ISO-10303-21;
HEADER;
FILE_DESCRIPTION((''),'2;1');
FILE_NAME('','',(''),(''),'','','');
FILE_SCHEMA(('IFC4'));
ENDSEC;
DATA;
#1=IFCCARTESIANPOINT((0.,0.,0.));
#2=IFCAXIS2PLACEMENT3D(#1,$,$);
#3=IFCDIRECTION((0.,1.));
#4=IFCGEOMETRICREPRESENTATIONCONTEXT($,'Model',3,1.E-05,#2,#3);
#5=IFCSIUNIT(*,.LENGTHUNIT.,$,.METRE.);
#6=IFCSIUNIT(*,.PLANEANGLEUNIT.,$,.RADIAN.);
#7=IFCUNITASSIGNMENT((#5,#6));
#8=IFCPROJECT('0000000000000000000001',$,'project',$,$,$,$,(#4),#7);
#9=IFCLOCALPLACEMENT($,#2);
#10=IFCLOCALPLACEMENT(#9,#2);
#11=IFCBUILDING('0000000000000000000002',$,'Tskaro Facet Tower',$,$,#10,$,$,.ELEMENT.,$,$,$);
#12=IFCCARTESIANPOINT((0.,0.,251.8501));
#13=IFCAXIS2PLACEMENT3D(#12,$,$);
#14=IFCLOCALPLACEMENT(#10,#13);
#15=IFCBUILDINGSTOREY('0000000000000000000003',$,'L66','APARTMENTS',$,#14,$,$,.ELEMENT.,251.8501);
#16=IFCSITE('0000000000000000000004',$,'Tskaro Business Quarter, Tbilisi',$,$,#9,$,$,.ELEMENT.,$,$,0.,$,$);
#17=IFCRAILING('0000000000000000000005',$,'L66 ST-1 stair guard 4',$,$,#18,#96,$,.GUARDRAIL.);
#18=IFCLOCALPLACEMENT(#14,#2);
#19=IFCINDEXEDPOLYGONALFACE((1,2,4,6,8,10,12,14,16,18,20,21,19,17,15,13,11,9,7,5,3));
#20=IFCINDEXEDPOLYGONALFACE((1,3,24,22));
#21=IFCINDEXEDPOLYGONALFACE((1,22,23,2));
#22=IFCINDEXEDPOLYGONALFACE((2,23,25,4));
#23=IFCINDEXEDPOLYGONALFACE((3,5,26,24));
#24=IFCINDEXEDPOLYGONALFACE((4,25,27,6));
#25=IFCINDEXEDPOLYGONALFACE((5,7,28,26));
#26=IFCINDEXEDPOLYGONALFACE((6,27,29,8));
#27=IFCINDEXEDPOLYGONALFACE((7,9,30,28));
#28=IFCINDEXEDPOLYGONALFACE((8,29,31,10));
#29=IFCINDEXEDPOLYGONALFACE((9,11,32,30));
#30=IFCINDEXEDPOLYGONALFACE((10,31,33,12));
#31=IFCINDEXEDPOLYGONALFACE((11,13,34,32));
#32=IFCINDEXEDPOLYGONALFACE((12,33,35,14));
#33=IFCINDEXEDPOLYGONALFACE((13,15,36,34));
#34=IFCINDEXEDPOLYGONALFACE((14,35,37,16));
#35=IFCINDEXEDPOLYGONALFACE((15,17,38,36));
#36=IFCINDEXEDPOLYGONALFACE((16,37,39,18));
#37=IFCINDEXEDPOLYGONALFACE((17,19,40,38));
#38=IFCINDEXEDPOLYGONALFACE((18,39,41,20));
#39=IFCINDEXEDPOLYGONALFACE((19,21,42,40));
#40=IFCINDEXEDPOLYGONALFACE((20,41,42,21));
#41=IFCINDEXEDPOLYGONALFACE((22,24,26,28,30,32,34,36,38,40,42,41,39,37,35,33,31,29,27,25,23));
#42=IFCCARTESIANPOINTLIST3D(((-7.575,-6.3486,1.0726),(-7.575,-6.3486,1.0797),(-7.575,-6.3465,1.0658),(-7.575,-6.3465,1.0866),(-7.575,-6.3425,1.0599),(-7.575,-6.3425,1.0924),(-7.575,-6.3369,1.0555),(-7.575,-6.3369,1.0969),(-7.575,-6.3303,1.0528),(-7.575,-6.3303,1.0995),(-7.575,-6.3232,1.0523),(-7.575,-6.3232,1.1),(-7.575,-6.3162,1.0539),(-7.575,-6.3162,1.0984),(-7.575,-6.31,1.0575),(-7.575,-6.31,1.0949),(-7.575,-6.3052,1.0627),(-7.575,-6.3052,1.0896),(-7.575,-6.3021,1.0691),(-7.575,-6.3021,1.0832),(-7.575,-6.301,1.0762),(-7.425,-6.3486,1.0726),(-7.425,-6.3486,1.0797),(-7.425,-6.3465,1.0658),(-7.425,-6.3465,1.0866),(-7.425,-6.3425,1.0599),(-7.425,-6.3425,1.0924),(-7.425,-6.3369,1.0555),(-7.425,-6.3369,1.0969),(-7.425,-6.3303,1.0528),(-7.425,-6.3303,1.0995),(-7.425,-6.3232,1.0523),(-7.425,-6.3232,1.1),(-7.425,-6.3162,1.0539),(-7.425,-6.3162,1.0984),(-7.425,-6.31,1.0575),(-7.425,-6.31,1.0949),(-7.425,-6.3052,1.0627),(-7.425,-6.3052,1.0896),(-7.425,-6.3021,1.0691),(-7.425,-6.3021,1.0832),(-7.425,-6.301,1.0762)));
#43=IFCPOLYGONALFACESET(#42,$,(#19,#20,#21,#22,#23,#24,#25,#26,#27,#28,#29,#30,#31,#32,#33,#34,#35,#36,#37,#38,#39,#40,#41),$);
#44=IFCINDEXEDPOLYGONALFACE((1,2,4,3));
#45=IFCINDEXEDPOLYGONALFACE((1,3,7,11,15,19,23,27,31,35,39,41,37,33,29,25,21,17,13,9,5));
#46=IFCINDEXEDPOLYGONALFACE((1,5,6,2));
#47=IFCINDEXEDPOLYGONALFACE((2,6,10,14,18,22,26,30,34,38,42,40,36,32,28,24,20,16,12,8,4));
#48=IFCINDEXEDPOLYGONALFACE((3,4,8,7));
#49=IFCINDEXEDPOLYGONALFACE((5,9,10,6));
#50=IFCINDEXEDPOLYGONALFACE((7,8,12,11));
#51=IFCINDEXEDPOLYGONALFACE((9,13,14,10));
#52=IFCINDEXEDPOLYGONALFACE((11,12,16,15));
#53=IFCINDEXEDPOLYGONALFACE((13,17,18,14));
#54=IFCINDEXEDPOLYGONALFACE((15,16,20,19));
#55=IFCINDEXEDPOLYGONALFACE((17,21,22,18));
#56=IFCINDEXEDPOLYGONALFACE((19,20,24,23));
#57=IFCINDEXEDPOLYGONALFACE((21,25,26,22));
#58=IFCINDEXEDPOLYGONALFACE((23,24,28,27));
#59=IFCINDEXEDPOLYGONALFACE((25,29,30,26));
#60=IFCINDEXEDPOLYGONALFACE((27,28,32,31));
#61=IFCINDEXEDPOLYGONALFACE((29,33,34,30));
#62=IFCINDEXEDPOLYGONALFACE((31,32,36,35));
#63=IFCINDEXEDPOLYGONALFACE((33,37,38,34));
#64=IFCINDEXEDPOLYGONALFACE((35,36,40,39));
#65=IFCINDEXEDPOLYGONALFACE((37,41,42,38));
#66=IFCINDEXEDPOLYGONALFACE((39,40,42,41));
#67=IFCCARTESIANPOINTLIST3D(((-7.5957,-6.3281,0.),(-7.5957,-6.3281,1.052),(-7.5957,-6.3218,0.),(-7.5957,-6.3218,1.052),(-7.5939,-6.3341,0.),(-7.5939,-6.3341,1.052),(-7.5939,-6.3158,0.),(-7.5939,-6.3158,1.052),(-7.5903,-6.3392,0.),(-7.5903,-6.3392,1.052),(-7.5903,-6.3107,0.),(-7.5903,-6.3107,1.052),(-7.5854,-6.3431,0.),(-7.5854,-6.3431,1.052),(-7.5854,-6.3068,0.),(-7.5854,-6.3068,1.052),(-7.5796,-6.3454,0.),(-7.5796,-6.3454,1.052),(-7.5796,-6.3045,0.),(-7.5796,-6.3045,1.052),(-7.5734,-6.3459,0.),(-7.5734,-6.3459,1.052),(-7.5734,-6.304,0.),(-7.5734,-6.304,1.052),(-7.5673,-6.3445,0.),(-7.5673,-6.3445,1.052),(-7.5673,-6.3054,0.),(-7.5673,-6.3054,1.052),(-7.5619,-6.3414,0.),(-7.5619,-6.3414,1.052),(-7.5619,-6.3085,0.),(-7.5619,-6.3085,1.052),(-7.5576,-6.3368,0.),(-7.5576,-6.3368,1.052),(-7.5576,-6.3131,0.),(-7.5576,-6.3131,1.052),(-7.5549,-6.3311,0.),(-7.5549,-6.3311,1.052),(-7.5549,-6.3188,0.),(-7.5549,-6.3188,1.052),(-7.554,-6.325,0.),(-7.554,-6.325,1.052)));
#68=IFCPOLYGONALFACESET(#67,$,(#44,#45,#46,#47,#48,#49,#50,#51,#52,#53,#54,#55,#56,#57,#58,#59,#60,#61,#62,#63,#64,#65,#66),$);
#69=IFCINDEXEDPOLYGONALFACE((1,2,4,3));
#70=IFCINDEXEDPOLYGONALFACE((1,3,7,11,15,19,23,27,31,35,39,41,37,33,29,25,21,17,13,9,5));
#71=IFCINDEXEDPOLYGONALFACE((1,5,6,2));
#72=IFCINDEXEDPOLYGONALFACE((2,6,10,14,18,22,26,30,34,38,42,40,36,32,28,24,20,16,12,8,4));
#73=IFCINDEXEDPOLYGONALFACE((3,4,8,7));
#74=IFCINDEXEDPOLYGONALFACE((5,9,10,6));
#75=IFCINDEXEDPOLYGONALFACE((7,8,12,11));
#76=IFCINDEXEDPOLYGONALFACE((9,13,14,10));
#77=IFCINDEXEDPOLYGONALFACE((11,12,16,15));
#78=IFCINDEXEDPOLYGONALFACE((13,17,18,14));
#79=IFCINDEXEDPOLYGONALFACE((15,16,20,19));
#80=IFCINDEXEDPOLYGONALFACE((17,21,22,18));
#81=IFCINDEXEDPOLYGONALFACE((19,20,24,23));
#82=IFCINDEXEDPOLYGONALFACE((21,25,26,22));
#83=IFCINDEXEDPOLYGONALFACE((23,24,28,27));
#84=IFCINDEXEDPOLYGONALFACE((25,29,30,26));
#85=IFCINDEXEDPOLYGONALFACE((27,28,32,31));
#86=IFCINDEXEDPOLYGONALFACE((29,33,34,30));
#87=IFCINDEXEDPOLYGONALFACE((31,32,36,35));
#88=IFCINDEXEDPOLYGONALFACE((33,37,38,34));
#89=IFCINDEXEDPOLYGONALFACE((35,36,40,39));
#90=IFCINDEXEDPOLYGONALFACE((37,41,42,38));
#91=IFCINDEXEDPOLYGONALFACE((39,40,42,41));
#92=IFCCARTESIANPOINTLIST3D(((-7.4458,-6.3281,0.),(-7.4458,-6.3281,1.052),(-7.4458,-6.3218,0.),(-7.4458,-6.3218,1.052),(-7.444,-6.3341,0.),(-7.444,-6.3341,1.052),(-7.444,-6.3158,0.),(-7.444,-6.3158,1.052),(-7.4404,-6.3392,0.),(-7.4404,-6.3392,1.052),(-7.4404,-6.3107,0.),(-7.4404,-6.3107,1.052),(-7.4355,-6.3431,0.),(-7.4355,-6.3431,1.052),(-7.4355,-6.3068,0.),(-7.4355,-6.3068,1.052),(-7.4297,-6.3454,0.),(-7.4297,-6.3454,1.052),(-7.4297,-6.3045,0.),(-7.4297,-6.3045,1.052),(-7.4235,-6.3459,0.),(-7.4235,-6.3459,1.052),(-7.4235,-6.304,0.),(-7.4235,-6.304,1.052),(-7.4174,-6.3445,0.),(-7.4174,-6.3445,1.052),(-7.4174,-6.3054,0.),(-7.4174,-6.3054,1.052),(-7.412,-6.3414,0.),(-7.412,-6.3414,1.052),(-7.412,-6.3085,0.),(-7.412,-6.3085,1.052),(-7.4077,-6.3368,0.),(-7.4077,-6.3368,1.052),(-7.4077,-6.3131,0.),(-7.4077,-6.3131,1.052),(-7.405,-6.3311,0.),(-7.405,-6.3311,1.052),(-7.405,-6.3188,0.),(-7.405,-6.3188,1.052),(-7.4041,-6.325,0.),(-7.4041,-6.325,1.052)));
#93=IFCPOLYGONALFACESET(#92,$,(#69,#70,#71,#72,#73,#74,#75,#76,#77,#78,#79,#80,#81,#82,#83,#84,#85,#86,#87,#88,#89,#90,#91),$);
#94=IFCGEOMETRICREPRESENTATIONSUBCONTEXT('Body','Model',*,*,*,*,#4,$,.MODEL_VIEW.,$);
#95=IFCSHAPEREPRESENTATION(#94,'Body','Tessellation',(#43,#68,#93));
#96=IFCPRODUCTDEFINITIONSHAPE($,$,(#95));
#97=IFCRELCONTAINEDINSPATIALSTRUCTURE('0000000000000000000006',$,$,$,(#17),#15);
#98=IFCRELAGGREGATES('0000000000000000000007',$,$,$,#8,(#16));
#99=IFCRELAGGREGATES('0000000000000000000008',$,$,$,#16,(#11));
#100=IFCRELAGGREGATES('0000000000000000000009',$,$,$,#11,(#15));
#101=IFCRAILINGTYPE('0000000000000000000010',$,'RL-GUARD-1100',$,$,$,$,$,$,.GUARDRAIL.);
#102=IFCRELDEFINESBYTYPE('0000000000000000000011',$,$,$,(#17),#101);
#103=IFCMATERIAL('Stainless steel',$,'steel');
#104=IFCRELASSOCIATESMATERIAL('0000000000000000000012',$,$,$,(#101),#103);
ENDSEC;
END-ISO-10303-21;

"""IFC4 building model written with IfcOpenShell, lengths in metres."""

from ifc_helpers import new_model, si_unit, direction, frame, origin, origin_2d, place, context, subcontext, project, spatial, circle, extrude, material, type_object, element, save


model = new_model("IFC4")

# Units and contexts
model_context = context("Model", 3, precision=1e-05, world=origin(), true_north=direction((0.0, 1.0)))
body_context = subcontext(model_context, "Body", "Model", "MODEL_VIEW")
ifc_project = project(units=[si_unit("LENGTHUNIT", "METRE"), si_unit("PLANEANGLEUNIT", "RADIAN")], contexts=[model_context])

# Site, building, storey
site_placement = place(None, origin())
site = spatial("IfcSite", under=ifc_project, at=site_placement, Name="Tskaro Business Quarter, Tbilisi", CompositionType="ELEMENT", RefElevation=0.0)
building_placement = place(site_placement, origin())
building = spatial("IfcBuilding", under=site, at=building_placement, Name="Tskaro Facet Tower", CompositionType="ELEMENT")
storey_placement = place(building_placement, frame((0.0, 0.0, 251.8501)))
storey = spatial("IfcBuildingStorey", under=building, at=storey_placement, Name="L66", Description="APARTMENTS", CompositionType="ELEMENT", Elevation=251.8501)

# Shared definitions
ifc_material_1 = material(Name="Stainless steel", Category="steel")

# Railing
railing_type_1 = type_object("IfcRailingType", Name="RL-GUARD-1100", PredefinedType="GUARDRAIL", material=ifc_material_1)
railing_1_placement = place(storey_placement, frame((-7.575, -6.325, 0.0)))
element("IfcRailing", 1, at=railing_1_placement, inside=storey, type_object=railing_type_1, Name="L66 ST-1 stair guard 4", PredefinedType="GUARDRAIL", context=body_context, shape_type="SweptSolid", body=[
    extrude(circle(Radius=0.0239, at=origin_2d()), frame((0.0, 0.0, 1.0762), z_axis=(1.0, 0.0, 0.0), x_axis=(0.0, 1.0, 0.0)), (0.0, 0.0, 1.0), 0.1499),
    extrude(circle(Radius=0.021, at=origin_2d()), origin(), (0.0, 0.0, 1.0), 1.052),
    extrude(circle(Radius=0.021, at=origin_2d()), frame((0.1499, 0.0, 0.0)), (0.0, 0.0, 1.0), 1.052),
])

save(model, "model.ifc")
